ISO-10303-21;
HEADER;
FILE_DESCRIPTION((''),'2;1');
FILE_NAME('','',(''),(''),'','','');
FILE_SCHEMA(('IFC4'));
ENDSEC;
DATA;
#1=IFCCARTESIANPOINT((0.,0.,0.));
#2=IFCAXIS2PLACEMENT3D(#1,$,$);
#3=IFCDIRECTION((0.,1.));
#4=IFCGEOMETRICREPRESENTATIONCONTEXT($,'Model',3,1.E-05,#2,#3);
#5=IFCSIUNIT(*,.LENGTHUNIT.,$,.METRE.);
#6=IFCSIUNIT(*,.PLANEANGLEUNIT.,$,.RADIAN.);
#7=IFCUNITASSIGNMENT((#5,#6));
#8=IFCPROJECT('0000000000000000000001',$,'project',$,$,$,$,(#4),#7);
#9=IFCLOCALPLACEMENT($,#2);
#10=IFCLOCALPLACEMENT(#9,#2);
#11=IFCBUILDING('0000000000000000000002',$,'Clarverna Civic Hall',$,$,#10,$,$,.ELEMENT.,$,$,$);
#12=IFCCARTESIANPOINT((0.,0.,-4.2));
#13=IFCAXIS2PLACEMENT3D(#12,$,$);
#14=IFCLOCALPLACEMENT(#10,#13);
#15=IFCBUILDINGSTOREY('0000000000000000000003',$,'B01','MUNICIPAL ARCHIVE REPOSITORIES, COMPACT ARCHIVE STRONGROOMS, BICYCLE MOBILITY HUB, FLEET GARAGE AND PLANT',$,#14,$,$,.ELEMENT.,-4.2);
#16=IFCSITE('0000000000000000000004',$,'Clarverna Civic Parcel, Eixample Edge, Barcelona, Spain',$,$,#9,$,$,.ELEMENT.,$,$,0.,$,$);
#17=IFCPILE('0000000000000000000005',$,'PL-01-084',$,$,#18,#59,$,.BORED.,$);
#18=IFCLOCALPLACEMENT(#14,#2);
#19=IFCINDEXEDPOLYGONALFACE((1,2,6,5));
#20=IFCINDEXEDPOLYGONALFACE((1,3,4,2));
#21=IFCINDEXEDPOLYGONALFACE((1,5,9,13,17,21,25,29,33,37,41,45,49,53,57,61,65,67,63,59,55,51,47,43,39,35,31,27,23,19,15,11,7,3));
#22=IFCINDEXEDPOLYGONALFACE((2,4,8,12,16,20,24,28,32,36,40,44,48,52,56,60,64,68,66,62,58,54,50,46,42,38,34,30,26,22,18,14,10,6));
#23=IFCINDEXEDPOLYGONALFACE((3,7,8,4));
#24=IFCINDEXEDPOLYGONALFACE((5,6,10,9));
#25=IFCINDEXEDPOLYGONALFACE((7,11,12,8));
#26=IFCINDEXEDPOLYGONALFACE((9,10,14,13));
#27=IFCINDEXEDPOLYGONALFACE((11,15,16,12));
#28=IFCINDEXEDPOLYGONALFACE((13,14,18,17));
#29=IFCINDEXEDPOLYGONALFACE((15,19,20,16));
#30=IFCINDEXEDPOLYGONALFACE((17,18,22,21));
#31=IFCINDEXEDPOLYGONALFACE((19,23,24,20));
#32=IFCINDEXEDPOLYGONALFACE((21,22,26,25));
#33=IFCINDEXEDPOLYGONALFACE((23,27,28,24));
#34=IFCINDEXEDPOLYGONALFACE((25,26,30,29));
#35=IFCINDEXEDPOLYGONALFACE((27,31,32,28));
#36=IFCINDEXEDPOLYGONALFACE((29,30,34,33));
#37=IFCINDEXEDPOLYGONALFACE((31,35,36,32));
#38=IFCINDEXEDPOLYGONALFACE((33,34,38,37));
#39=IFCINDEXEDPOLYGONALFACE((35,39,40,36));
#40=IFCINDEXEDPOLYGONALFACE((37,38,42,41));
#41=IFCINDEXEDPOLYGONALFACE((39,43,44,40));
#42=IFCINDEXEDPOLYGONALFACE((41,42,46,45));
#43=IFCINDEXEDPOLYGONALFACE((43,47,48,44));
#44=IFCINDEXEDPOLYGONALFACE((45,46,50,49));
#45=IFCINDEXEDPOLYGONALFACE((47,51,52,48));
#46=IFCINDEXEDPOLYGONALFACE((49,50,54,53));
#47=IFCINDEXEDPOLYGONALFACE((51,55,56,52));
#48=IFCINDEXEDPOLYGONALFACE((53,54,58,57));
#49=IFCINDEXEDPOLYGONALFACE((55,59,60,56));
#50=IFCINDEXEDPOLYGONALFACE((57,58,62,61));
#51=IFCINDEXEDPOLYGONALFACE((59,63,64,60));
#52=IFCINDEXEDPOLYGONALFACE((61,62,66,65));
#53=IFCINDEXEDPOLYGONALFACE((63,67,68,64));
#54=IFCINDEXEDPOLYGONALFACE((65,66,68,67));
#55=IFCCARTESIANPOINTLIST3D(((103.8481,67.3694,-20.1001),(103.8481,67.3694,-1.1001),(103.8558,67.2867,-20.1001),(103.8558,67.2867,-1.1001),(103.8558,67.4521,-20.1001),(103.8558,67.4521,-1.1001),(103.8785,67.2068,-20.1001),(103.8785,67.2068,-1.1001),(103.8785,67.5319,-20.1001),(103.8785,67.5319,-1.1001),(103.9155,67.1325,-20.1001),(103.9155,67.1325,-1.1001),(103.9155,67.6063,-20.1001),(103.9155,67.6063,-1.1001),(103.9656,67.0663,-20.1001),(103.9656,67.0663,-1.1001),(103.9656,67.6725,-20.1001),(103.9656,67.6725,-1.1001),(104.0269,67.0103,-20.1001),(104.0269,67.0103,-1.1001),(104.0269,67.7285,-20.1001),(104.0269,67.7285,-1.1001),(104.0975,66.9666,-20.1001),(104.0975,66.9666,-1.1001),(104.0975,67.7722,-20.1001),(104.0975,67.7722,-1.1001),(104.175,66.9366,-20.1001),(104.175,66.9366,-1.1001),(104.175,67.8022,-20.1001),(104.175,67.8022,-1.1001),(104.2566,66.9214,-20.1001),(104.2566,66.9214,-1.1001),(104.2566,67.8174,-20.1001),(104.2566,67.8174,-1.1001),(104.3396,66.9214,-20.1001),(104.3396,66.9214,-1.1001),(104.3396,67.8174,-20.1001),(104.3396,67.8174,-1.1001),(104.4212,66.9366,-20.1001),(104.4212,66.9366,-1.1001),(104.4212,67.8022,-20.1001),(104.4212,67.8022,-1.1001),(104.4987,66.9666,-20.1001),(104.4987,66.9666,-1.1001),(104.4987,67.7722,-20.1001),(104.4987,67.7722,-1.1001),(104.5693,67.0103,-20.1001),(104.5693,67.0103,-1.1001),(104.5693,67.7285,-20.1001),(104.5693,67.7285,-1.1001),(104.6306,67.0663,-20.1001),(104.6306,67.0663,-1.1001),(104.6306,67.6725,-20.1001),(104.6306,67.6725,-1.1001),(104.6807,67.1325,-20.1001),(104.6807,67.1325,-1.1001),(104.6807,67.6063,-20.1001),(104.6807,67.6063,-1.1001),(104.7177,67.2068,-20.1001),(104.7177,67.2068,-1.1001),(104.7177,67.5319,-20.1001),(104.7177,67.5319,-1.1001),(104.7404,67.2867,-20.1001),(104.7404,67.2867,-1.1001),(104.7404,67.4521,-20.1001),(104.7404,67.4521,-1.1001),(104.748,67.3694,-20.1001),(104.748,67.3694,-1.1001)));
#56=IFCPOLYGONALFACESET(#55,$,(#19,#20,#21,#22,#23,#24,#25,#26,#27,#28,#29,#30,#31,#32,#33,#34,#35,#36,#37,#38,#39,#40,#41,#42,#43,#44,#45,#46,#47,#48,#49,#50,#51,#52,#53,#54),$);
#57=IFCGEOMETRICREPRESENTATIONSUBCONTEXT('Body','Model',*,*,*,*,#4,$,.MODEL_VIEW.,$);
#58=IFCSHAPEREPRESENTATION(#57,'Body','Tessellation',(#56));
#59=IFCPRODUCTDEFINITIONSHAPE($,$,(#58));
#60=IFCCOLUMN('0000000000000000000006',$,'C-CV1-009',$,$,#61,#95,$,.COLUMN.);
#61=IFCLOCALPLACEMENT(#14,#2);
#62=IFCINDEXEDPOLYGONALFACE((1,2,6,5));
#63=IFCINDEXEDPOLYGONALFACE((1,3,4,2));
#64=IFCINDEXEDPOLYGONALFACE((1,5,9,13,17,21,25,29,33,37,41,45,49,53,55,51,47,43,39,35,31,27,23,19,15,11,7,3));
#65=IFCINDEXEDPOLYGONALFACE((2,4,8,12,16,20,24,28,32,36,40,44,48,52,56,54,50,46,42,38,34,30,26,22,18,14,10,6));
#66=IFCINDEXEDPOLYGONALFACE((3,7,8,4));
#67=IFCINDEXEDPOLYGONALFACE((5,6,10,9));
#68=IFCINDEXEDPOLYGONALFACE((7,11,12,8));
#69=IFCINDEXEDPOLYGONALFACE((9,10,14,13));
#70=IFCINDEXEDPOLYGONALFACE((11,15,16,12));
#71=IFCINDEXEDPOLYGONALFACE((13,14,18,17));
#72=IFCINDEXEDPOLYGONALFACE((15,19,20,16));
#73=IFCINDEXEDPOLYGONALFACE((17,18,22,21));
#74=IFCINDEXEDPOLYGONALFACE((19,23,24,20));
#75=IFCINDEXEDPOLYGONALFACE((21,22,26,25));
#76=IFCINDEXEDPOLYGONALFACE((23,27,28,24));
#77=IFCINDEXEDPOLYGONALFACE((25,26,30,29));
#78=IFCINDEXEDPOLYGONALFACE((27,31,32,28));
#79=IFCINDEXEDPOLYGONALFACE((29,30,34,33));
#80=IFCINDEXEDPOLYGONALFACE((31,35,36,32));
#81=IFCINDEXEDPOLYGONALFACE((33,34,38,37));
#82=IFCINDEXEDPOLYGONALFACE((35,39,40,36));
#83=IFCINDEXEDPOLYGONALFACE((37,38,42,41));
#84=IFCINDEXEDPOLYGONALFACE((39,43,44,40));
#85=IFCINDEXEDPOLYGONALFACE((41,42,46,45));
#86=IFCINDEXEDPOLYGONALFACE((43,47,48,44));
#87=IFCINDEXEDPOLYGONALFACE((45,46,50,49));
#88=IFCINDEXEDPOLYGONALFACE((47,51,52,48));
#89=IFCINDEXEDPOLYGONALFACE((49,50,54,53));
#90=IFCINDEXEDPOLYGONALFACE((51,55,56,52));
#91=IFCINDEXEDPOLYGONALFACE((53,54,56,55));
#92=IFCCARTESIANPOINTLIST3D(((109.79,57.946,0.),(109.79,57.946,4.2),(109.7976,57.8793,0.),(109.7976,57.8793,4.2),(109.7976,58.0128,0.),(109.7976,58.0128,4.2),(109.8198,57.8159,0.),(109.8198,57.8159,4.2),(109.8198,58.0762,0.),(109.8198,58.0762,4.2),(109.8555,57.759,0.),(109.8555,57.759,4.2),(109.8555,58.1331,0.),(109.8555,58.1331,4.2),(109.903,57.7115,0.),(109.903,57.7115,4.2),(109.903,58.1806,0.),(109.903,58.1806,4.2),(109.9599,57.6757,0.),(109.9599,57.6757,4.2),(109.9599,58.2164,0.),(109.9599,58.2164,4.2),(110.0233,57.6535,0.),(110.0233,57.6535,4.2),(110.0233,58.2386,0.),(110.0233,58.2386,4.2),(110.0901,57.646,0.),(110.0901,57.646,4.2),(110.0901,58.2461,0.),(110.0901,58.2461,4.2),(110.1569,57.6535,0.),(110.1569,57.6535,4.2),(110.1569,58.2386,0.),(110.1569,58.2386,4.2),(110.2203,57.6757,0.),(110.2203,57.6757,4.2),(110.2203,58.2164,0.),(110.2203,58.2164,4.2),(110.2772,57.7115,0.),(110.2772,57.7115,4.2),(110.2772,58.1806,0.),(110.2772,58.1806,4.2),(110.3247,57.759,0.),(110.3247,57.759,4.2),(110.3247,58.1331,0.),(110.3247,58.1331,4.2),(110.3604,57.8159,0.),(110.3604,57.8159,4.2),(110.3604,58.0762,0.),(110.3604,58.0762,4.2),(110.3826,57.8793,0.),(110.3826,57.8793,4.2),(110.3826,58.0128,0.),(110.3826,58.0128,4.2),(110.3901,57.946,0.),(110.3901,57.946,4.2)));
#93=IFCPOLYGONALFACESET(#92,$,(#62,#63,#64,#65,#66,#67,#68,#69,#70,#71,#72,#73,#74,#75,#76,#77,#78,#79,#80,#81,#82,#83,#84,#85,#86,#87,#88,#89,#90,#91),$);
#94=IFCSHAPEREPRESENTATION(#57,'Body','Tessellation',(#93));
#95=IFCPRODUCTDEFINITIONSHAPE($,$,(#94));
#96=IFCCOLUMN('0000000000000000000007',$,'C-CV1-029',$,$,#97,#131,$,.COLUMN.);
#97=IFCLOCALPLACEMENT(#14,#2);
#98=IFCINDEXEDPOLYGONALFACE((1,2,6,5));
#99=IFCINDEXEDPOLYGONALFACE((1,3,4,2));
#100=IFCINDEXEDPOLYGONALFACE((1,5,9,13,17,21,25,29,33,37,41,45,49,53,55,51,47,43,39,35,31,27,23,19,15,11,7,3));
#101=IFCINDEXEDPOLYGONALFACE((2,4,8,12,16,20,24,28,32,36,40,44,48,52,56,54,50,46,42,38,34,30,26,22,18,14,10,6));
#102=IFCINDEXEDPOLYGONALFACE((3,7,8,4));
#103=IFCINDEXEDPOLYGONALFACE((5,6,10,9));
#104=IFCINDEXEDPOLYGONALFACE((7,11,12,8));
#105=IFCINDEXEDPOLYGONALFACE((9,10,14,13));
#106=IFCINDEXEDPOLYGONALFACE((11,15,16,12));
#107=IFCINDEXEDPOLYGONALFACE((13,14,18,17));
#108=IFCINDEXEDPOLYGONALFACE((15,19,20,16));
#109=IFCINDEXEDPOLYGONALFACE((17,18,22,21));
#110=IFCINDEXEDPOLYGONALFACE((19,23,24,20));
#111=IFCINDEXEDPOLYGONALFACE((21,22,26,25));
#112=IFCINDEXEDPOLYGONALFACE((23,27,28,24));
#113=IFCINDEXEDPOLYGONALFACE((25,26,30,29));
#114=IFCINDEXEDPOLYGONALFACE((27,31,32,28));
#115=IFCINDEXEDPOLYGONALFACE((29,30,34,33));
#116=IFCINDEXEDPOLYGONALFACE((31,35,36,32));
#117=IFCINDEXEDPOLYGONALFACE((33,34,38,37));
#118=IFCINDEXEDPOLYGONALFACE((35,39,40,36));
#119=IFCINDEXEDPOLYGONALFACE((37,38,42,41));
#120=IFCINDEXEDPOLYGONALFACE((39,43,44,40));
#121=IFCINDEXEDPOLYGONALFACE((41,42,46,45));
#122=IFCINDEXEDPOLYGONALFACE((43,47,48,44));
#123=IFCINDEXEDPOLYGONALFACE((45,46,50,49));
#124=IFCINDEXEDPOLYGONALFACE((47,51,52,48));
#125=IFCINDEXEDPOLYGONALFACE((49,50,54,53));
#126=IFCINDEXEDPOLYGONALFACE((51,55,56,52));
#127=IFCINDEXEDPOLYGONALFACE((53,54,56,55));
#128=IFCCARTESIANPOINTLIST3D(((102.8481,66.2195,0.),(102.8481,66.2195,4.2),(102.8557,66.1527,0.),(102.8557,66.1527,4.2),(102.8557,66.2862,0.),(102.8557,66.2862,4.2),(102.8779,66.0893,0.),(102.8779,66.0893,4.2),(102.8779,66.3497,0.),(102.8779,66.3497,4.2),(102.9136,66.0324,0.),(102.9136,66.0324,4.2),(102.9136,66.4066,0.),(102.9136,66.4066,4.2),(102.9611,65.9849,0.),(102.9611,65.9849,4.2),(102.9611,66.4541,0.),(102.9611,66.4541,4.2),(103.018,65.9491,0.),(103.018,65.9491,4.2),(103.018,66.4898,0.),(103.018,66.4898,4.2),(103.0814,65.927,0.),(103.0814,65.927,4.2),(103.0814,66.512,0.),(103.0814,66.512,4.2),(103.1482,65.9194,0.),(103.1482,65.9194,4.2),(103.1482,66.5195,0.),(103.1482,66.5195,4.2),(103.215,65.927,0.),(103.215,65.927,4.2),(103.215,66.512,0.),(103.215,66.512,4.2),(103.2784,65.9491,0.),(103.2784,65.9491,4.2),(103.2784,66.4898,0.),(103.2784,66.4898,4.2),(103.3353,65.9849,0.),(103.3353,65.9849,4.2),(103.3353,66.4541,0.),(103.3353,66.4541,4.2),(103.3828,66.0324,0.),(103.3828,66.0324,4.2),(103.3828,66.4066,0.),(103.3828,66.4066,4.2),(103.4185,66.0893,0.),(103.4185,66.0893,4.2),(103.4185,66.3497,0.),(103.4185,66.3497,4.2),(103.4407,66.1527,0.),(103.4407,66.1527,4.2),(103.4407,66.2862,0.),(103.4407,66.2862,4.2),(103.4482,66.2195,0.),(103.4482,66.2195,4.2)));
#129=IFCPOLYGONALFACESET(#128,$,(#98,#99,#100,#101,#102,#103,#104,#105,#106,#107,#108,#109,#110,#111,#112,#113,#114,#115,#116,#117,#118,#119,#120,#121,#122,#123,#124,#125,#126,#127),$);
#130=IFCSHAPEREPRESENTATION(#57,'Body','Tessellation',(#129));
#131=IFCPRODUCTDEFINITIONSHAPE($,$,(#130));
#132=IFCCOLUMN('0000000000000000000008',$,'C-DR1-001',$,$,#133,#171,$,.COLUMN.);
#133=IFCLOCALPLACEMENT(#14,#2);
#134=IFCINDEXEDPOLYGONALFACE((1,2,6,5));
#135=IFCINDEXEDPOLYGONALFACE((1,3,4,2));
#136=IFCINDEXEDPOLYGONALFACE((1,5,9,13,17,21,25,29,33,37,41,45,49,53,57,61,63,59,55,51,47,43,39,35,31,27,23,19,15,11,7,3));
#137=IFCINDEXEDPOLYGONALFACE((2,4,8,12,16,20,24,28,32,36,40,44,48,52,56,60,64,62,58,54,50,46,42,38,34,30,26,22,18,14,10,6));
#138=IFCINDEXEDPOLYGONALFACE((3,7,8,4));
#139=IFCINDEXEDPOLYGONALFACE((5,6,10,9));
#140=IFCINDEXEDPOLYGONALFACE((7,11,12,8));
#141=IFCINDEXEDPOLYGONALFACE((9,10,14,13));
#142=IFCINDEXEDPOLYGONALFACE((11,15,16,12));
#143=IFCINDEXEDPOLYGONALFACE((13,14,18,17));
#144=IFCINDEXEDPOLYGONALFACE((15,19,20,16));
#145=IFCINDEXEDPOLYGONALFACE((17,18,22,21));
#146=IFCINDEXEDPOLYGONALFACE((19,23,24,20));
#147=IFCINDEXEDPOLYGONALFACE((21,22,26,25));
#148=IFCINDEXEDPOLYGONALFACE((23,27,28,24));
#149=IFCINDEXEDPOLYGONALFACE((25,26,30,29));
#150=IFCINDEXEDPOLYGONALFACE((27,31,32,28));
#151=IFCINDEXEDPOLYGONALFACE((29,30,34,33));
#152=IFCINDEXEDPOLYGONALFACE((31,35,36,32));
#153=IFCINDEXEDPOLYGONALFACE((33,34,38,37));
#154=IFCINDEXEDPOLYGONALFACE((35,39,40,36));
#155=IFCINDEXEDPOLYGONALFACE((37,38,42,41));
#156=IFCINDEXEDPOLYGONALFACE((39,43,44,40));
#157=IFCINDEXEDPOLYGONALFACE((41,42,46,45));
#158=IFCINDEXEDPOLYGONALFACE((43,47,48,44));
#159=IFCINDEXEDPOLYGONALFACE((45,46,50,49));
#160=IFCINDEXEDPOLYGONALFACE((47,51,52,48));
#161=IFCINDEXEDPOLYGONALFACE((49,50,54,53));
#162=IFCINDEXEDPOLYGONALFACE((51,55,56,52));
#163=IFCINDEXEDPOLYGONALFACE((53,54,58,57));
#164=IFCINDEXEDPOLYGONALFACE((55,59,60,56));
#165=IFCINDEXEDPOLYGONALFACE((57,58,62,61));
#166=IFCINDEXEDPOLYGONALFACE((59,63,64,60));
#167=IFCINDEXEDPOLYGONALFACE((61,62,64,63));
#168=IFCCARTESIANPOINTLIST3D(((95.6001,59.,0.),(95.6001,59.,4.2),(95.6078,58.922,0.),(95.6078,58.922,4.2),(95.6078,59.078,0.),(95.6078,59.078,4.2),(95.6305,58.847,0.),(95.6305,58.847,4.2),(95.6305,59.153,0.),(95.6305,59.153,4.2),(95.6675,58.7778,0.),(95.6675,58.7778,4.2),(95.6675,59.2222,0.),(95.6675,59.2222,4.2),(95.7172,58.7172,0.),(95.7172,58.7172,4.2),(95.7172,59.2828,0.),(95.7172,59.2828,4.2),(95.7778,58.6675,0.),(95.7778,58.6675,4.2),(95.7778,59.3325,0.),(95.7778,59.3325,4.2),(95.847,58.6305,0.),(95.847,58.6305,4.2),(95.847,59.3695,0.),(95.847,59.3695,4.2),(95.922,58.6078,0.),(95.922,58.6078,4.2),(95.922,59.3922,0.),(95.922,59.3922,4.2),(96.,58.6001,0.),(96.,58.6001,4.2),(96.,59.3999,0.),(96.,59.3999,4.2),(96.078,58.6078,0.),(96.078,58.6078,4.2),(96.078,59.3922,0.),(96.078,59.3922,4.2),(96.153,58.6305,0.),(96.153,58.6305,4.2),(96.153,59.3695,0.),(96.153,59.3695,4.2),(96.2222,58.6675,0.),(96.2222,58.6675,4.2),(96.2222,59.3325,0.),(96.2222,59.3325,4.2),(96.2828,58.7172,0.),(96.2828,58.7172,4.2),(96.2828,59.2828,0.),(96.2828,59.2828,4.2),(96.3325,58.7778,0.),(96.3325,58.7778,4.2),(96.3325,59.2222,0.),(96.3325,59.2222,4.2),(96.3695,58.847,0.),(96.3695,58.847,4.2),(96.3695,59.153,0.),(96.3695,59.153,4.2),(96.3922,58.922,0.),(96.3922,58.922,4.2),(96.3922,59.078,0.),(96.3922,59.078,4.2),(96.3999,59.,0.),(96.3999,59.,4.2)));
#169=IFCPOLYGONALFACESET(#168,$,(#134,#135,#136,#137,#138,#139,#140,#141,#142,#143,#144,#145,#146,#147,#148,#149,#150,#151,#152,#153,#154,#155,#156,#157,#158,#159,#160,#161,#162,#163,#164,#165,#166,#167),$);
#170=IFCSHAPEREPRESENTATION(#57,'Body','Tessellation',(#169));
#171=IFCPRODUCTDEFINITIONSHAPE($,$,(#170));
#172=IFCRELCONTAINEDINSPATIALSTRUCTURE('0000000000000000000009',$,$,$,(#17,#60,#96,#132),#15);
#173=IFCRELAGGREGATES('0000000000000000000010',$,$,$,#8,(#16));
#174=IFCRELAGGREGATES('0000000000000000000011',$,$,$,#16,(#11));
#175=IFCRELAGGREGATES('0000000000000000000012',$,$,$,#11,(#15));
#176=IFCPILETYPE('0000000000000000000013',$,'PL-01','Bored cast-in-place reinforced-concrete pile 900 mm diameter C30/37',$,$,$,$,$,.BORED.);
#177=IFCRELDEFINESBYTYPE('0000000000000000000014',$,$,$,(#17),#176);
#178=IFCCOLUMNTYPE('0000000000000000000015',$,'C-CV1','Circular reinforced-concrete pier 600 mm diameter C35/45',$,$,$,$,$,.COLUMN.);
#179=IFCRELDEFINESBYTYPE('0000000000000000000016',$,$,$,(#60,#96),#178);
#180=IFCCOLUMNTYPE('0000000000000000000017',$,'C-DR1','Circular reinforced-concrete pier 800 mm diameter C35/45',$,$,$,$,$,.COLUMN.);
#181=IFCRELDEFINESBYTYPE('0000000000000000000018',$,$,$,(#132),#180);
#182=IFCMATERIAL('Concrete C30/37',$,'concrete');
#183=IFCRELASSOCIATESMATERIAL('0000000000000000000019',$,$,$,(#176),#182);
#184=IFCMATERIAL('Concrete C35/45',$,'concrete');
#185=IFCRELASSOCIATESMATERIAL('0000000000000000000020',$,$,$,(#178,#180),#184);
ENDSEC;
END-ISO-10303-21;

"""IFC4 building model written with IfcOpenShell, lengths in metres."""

from ifc_helpers import new_model, si_unit, direction, frame, origin, origin_2d, place, context, subcontext, project, spatial, circle, extrude, material, material_profile, profile_set, type_object, element, save


model = new_model("IFC4")

# Units and contexts
model_context = context("Model", 3, precision=1e-05, world=origin(), true_north=direction((0.0, 1.0)))
body_context = subcontext(model_context, "Body", "Model", "MODEL_VIEW")
ifc_project = project(units=[si_unit("LENGTHUNIT", "METRE"), si_unit("PLANEANGLEUNIT", "RADIAN")], contexts=[model_context])

# Site, building, storey
site_placement = place(None, origin())
site = spatial("IfcSite", under=ifc_project, at=site_placement, Name="Clarverna Civic Parcel, Eixample Edge, Barcelona, Spain", CompositionType="ELEMENT", RefElevation=0.0)
building_placement = place(site_placement, origin())
building = spatial("IfcBuilding", under=site, at=building_placement, Name="Clarverna Civic Hall", CompositionType="ELEMENT")
storey_placement = place(building_placement, frame((0.0, 0.0, -4.2)))
storey = spatial("IfcBuildingStorey", under=building, at=storey_placement, Name="B01", Description="MUNICIPAL ARCHIVE REPOSITORIES, COMPACT ARCHIVE STRONGROOMS, BICYCLE MOBILITY HUB, FLEET GARAGE AND PLANT", CompositionType="ELEMENT", Elevation=-4.2)

# Shared definitions
ifc_material_1 = material(Name="Concrete C30/37", Category="concrete")

# Pile
ifc_material_profile_1 = material_profile(ifc_material_1, circle(Radius=0.45, at=origin_2d()), Name="BORED PILE D900")
ifc_profile_set_1 = profile_set([ifc_material_profile_1], Name="Concrete C30/37")
pile_type = type_object("IfcPileType", Name="PL-01", Description="Bored cast-in-place reinforced-concrete pile 900 mm diameter C30/37", PredefinedType="BORED", material=ifc_profile_set_1)
for number, where, z_axis, x_axis, name in (
    (1, (104.2981, 67.3694, -1.1001), (0.0, 0.0, -1.0), (1.0, 0.0, 0.0), "PL-01-084"),
):
    element("IfcPile", number, at=place(storey_placement, frame(where, z_axis=z_axis, x_axis=x_axis)), inside=storey, type_object=pile_type, Name=name, PredefinedType="BORED", context=body_context, shape_type="SweptSolid", body=[
        extrude(circle(Radius=0.45, at=origin_2d()), origin(), (0.0, 0.0, 1.0), 19.0),
    ])

# Columns
ifc_material_2 = material(Name="Concrete C35/45", Category="concrete")
ifc_material_profile_2 = material_profile(ifc_material_2, circle(Radius=0.3, at=origin_2d()), Name="RC D600")
ifc_profile_set_2 = profile_set([ifc_material_profile_2], Name="Concrete C35/45")
column_type_1 = type_object("IfcColumnType", Name="C-CV1", Description="Circular reinforced-concrete pier 600 mm diameter C35/45", PredefinedType="COLUMN", material=ifc_profile_set_2)
for number, where, z_axis, x_axis, name in (
    (2, (110.0901, 57.946, 0.0), (0.0, 0.0, 1.0), (1.0, 0.0, 0.0), "C-CV1-009"),
    (3, (103.1482, 66.2195, 0.0), (0.0, 0.0, 1.0), (1.0, 0.0, 0.0), "C-CV1-029"),
):
    element("IfcColumn", number, at=place(storey_placement, frame(where, z_axis=z_axis, x_axis=x_axis)), inside=storey, type_object=column_type_1, Name=name, PredefinedType="COLUMN", context=body_context, shape_type="SweptSolid", body=[
        extrude(circle(Radius=0.3, at=origin_2d()), origin(), (0.0, 0.0, 1.0), 4.2),
    ])
ifc_material_profile_3 = material_profile(ifc_material_2, circle(Radius=0.3999, at=origin_2d()), Name="RC D800")
ifc_profile_set_3 = profile_set([ifc_material_profile_3], Name="Concrete C35/45")
column_type_2 = type_object("IfcColumnType", Name="C-DR1", Description="Circular reinforced-concrete pier 800 mm diameter C35/45", PredefinedType="COLUMN", material=ifc_profile_set_3)
for number, where, z_axis, x_axis, name in (
    (4, (96.0, 59.0, 0.0), (0.0, 0.0, 1.0), (1.0, 0.0, 0.0), "C-DR1-001"),
):
    element("IfcColumn", number, at=place(storey_placement, frame(where, z_axis=z_axis, x_axis=x_axis)), inside=storey, type_object=column_type_2, Name=name, PredefinedType="COLUMN", context=body_context, shape_type="SweptSolid", body=[
        extrude(circle(Radius=0.3999, at=origin_2d()), origin(), (0.0, 0.0, 1.0), 4.2),
    ])

save(model, "model.ifc")
